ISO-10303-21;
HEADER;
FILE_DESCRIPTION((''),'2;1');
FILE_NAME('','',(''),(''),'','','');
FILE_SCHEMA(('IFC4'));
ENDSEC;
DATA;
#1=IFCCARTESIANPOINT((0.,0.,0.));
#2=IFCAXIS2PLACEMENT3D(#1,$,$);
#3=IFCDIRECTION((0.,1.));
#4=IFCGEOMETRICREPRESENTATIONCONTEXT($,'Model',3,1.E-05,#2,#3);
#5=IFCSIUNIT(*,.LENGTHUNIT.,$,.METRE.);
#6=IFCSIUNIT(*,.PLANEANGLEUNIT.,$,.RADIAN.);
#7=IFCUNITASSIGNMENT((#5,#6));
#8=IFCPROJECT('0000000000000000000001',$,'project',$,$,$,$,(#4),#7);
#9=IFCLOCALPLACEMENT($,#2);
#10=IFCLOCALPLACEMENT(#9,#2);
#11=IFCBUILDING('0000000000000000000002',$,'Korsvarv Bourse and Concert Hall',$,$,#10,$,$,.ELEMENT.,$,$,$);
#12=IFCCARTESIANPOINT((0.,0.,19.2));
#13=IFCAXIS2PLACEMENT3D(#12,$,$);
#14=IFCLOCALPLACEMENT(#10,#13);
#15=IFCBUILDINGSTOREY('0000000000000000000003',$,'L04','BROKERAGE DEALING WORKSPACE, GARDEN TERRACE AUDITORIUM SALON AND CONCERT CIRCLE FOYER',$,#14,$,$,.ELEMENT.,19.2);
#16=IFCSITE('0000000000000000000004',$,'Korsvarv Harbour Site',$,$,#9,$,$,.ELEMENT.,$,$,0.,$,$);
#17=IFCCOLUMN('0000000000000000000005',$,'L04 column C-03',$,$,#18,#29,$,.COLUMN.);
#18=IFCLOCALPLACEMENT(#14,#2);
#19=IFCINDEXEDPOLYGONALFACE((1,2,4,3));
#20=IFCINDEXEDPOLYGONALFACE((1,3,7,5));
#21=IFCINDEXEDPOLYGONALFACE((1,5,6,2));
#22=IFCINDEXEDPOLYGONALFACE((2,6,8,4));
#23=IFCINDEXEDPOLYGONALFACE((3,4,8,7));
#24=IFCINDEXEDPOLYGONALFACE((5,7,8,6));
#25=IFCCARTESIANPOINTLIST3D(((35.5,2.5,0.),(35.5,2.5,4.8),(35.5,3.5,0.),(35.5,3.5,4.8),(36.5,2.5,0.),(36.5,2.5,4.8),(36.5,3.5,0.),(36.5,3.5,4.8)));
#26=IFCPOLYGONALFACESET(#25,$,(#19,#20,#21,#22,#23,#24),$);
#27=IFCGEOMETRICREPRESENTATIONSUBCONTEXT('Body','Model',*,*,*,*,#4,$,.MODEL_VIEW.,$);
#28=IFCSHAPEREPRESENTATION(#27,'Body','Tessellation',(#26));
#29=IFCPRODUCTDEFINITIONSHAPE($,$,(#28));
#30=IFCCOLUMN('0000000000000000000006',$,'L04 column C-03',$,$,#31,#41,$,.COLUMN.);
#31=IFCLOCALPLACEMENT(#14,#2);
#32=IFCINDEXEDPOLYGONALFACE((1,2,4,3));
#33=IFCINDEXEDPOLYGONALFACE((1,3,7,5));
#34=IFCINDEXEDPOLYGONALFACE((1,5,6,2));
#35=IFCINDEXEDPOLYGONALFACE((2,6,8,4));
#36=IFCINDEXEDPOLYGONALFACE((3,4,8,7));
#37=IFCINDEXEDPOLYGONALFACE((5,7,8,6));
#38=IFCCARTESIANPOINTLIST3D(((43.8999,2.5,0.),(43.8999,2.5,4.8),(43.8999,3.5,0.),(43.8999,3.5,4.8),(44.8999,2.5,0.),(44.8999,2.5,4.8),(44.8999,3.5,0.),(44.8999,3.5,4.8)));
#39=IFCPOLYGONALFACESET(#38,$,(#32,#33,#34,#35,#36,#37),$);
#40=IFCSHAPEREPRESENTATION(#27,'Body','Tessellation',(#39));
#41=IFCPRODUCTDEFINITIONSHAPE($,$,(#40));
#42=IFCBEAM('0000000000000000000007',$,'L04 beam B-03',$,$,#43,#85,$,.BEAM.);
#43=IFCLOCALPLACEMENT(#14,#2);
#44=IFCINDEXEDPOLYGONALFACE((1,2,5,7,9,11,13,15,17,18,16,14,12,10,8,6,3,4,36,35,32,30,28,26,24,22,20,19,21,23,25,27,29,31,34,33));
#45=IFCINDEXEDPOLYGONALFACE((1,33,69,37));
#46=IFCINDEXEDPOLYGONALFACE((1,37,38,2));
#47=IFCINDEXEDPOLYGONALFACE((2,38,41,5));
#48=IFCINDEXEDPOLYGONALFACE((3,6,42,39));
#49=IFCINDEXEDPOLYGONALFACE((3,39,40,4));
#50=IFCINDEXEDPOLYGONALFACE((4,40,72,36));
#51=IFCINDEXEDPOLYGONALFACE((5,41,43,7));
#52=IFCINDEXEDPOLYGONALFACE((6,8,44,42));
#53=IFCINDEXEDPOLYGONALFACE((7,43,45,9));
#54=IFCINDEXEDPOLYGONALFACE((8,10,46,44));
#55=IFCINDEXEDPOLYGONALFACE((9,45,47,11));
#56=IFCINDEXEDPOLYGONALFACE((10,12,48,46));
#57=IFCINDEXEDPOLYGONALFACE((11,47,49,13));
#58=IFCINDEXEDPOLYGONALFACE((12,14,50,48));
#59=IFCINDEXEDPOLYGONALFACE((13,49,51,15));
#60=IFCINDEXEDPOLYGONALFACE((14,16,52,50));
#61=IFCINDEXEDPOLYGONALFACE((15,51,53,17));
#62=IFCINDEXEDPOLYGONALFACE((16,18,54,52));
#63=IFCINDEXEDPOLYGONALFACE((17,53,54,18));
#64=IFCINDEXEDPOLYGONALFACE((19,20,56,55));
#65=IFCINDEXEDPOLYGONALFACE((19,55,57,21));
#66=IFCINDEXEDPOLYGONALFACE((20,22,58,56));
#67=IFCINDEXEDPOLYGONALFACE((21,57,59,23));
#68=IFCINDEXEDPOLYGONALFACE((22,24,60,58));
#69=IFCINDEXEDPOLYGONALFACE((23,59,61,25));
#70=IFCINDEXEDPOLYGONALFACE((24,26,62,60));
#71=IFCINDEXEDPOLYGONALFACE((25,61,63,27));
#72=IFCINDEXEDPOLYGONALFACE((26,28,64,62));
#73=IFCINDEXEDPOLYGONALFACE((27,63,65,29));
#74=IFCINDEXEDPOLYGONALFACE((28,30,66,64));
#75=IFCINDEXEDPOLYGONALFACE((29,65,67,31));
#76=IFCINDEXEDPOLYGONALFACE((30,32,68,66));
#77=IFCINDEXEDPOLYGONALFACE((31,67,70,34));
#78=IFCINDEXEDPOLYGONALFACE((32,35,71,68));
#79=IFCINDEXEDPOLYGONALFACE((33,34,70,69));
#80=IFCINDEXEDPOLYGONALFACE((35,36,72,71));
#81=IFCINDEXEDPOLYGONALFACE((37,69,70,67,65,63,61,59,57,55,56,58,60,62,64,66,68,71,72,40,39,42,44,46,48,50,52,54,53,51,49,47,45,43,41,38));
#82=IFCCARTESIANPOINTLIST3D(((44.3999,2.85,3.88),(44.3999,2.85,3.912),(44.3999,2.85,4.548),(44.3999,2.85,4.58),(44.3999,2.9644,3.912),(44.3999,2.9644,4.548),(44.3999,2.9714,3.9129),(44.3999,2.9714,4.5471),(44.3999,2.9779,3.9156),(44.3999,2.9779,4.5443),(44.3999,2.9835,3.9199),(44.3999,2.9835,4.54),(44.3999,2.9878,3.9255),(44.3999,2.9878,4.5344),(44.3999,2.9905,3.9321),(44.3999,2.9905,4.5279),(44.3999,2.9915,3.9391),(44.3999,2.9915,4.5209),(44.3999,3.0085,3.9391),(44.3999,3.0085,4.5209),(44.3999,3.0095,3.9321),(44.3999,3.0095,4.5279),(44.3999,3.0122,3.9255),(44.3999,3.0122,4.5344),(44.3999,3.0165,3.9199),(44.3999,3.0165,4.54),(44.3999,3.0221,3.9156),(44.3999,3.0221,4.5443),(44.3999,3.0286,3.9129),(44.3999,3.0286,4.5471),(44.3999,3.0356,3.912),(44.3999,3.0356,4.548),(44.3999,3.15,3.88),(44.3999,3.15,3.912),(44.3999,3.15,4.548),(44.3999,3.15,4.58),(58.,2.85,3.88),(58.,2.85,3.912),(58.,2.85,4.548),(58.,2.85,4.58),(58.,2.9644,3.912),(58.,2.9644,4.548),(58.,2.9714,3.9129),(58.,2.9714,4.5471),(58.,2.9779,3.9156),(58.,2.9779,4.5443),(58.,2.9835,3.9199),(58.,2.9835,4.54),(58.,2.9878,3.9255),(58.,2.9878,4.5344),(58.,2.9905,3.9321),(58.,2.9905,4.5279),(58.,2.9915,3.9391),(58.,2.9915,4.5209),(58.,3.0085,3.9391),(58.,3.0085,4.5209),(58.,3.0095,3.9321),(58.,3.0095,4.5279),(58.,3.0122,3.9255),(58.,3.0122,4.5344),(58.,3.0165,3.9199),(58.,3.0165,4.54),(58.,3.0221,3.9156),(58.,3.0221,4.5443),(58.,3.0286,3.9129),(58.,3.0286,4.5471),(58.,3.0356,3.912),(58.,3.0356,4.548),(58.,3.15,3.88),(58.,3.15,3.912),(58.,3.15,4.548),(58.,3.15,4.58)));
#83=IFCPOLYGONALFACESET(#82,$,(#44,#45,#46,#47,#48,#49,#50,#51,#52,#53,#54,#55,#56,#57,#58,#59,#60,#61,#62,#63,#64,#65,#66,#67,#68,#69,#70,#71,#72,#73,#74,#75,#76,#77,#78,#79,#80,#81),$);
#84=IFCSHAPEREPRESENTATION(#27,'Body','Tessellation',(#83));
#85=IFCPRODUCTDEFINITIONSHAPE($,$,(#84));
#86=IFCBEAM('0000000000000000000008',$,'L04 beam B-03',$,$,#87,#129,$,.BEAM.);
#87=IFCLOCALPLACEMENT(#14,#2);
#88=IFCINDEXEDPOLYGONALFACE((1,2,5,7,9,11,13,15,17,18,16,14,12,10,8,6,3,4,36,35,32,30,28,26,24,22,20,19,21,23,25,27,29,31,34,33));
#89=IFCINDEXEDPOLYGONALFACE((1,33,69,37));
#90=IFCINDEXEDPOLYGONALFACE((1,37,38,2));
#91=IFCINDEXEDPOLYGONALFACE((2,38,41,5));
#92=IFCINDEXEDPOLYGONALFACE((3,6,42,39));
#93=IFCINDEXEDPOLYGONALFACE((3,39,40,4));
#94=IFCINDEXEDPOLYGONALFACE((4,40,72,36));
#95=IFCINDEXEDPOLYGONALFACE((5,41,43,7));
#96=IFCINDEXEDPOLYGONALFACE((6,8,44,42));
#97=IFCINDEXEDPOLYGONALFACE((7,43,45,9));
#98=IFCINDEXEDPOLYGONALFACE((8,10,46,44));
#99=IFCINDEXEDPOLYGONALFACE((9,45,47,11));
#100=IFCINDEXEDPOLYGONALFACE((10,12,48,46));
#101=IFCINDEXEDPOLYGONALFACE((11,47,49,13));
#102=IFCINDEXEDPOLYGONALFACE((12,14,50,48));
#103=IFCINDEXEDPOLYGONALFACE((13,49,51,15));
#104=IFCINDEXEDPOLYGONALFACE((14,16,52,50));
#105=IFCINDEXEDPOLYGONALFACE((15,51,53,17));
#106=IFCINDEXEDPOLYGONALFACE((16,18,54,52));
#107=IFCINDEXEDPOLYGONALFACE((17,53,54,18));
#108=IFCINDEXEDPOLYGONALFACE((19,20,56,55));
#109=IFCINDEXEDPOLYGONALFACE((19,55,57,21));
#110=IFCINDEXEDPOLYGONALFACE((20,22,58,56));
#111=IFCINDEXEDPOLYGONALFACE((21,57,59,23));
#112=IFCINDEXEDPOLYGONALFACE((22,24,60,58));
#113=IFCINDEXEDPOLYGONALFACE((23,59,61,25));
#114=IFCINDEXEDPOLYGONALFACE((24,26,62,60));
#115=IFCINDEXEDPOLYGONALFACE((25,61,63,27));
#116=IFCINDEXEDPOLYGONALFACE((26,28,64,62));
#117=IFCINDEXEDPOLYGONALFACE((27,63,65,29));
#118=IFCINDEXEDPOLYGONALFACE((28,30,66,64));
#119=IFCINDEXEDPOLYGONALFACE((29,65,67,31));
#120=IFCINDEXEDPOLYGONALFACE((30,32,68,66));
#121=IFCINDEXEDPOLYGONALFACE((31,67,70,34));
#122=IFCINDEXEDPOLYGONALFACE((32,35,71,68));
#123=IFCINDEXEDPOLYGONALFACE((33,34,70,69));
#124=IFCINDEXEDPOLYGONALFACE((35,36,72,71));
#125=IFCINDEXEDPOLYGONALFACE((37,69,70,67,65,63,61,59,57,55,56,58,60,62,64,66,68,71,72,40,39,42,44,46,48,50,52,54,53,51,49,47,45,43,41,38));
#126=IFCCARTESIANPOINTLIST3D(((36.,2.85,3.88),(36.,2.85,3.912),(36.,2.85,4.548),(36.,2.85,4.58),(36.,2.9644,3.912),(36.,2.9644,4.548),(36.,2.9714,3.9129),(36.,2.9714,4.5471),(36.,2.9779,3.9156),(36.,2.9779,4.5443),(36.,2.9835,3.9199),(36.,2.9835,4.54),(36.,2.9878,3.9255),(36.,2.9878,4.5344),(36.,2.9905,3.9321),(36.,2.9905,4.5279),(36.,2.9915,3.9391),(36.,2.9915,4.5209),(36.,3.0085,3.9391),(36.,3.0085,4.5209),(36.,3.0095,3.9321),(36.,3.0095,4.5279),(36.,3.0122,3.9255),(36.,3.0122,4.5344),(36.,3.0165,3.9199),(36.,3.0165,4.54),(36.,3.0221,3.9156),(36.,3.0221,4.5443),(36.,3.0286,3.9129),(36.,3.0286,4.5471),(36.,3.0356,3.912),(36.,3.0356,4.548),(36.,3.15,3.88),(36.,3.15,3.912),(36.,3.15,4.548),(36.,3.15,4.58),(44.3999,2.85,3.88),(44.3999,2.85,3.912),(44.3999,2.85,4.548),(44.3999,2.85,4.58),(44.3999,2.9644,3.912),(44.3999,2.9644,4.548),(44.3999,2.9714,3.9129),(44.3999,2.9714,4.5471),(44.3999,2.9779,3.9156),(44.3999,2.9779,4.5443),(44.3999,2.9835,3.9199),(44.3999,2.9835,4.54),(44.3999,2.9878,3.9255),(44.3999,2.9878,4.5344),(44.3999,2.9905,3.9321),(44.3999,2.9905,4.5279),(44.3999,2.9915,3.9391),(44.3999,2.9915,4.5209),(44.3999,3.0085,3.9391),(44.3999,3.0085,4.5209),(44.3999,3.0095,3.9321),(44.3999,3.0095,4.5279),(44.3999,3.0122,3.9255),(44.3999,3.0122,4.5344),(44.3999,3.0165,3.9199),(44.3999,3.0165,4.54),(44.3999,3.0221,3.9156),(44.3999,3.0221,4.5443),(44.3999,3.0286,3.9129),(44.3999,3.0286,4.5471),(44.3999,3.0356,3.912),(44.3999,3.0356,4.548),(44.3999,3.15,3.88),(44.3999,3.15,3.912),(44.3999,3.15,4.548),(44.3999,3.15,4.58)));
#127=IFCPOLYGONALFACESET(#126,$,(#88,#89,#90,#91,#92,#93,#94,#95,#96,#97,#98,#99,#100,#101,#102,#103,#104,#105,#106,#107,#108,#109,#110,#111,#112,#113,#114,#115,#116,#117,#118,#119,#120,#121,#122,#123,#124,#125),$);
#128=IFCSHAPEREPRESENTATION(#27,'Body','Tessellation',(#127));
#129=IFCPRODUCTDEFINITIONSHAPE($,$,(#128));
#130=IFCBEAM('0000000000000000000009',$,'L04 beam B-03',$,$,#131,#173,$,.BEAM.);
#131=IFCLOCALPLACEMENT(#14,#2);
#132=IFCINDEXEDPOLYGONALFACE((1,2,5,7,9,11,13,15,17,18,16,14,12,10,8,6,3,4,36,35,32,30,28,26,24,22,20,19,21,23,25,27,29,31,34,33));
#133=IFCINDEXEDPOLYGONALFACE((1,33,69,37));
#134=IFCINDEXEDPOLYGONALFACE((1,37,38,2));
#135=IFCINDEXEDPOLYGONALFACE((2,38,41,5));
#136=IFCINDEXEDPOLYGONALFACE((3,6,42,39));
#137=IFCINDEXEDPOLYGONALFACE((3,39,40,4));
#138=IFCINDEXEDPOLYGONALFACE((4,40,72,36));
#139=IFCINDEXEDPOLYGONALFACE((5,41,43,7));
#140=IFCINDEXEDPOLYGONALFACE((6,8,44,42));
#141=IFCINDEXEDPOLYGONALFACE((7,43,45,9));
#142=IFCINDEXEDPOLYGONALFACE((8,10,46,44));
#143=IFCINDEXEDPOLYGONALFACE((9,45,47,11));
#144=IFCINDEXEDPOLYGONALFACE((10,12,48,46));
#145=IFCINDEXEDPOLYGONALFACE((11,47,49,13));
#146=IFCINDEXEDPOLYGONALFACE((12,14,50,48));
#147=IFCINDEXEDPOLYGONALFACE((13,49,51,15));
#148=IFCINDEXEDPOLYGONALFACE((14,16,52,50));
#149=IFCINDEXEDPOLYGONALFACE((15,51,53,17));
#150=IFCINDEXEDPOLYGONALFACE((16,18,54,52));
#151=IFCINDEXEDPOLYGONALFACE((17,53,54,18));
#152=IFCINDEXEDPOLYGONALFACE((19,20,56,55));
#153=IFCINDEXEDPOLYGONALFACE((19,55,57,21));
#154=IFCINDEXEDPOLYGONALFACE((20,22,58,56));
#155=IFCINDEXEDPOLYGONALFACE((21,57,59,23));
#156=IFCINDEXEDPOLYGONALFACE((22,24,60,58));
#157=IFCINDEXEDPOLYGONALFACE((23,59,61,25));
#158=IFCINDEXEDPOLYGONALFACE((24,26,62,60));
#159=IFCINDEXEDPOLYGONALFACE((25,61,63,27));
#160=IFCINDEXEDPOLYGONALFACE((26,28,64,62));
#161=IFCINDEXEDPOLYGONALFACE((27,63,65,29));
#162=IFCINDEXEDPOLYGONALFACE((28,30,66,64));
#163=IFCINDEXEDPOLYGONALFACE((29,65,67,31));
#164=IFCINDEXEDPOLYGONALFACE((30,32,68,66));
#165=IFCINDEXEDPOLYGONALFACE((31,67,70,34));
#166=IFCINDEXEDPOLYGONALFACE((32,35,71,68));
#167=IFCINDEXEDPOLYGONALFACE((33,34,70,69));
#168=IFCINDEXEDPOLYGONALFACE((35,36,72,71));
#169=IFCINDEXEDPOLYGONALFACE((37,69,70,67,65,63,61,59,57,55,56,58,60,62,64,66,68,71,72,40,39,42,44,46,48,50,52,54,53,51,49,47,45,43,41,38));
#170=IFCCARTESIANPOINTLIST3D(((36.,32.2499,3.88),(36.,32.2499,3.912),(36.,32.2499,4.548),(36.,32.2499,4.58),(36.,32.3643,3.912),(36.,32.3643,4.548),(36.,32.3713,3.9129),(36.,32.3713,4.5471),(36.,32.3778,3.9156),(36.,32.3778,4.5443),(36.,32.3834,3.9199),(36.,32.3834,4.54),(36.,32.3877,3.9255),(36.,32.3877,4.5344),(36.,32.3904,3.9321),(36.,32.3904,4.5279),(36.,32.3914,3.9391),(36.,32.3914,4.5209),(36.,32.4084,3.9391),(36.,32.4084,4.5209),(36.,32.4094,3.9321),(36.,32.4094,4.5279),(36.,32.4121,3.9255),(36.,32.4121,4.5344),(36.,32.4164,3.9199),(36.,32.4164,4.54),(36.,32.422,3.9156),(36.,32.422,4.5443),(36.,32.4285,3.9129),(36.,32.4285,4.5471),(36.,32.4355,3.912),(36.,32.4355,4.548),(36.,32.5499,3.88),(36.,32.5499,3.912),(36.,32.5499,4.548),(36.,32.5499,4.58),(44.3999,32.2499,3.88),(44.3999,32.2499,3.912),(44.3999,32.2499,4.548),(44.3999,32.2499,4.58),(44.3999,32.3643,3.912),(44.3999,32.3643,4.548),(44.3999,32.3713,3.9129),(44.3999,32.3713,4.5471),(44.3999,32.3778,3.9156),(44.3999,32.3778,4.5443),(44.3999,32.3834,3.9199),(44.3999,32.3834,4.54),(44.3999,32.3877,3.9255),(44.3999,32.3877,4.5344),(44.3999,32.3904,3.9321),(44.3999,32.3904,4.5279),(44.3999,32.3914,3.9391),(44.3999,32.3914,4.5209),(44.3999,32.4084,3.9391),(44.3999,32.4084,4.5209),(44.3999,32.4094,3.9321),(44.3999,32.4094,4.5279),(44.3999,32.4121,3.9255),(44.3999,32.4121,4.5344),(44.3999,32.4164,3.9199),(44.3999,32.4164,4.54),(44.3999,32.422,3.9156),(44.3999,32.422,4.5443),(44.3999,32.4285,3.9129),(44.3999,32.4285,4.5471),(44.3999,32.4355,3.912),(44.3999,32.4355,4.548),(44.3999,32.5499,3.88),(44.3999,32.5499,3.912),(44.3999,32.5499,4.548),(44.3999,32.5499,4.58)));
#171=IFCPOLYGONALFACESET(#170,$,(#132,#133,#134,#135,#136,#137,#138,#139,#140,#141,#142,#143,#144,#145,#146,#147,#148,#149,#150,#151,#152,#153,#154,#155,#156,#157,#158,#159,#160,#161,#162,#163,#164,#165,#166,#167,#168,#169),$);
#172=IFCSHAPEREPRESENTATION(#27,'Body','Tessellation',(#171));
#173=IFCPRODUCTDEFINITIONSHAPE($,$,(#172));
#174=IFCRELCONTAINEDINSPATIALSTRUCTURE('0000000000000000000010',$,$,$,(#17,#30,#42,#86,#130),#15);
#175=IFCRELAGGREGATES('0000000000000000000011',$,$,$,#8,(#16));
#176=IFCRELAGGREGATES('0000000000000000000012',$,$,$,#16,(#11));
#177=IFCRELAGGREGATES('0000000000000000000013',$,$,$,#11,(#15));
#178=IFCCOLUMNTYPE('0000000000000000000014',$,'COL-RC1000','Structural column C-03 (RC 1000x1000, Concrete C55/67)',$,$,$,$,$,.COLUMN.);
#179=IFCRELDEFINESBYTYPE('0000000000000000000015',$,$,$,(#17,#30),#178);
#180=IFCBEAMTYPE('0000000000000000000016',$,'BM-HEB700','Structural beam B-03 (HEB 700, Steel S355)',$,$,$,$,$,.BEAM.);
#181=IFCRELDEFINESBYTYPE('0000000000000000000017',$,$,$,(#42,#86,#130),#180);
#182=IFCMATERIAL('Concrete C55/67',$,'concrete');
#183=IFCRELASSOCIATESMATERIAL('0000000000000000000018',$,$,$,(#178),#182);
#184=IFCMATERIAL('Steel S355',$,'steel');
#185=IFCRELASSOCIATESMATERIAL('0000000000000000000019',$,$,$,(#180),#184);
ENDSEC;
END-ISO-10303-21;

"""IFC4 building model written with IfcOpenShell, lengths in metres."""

from ifc_helpers import new_model, si_unit, direction, frame, origin, origin_2d, place, context, subcontext, project, spatial, rectangle, i_section, extrude, source, transform, mapped, material, material_profile, profile_set, type_object, element, save


model = new_model("IFC4")

# Units and contexts
model_context = context("Model", 3, precision=1e-05, world=origin(), true_north=direction((0.0, 1.0)))
body_context = subcontext(model_context, "Body", "Model", "MODEL_VIEW")
ifc_project = project(units=[si_unit("LENGTHUNIT", "METRE"), si_unit("PLANEANGLEUNIT", "RADIAN")], contexts=[model_context])

# Site, building, storey
site_placement = place(None, origin())
site = spatial("IfcSite", under=ifc_project, at=site_placement, Name="Korsvarv Harbour Site", CompositionType="ELEMENT", RefElevation=0.0)
building_placement = place(site_placement, origin())
building = spatial("IfcBuilding", under=site, at=building_placement, Name="Korsvarv Bourse and Concert Hall", CompositionType="ELEMENT")
storey_placement = place(building_placement, frame((0.0, 0.0, 19.2)))
storey = spatial("IfcBuildingStorey", under=building, at=storey_placement, Name="L04", Description="BROKERAGE DEALING WORKSPACE, GARDEN TERRACE AUDITORIUM SALON AND CONCERT CIRCLE FOYER", CompositionType="ELEMENT", Elevation=19.2)

# Columns
ifc_material_1 = material(Name="Concrete C55/67", Category="concrete")
ifc_material_profile_1 = material_profile(ifc_material_1, rectangle(XDim=1.0, YDim=1.0, at=origin_2d()), Name="RC 1000x1000")
ifc_profile_set_1 = profile_set([ifc_material_profile_1], Name="Concrete C55/67")
column_type_1 = type_object("IfcColumnType", Name="COL-RC1000", Description="Structural column C-03 (RC 1000x1000, Concrete C55/67)", PredefinedType="COLUMN", material=ifc_profile_set_1)
shared_shape_1 = source(origin(), body_context, "Body", "SweptSolid", [
    extrude(rectangle(XDim=1.0, YDim=1.0, at=origin_2d()), origin(), (0.0, 0.0, 1.0), 4.8),
])
for number, where, z_axis, x_axis, name in (
    (1, (36.0, 3.0, 0.0), (0.0, 0.0, 1.0), (1.0, 0.0, 0.0), "L04 column C-03"),
    (2, (44.3999, 3.0, 0.0), (0.0, 0.0, 1.0), (1.0, 0.0, 0.0), "L04 column C-03"),
):
    element("IfcColumn", number, at=place(storey_placement, frame(where, z_axis=z_axis, x_axis=x_axis)), inside=storey, type_object=column_type_1, Name=name, PredefinedType="COLUMN", context=body_context, shape_type="MappedRepresentation", body=[
        mapped(shared_shape_1, transform((0.0, 0.0, 0.0), scale=1.0)),
    ])

# Beams
ifc_material_2 = material(Name="Steel S355", Category="steel")
ifc_material_profile_2 = material_profile(ifc_material_2, i_section(OverallWidth=0.3, OverallDepth=0.7, WebThickness=0.0171, FlangeThickness=0.032, FilletRadius=0.0271, at=origin_2d()), Name="HEB 700")
ifc_profile_set_2 = profile_set([ifc_material_profile_2], Name="Steel S355")
beam_type_1 = type_object("IfcBeamType", Name="BM-HEB700", Description="Structural beam B-03 (HEB 700, Steel S355)", PredefinedType="BEAM", material=ifc_profile_set_2)
shared_shape_2 = source(origin(), body_context, "Body", "SweptSolid", [
    extrude(i_section(OverallWidth=0.3, OverallDepth=0.7, WebThickness=0.0171, FlangeThickness=0.032, FilletRadius=0.0271, at=origin_2d()), origin(), (0.0, 0.0, 1.0), 13.6001),
])
beam_1_placement = place(storey_placement, frame((44.3999, 3.0, 4.23), z_axis=(1.0, 0.0, 0.0), x_axis=(0.0, 1.0, 0.0)))
element("IfcBeam", 3, at=beam_1_placement, inside=storey, type_object=beam_type_1, Name="L04 beam B-03", PredefinedType="BEAM", context=body_context, shape_type="MappedRepresentation", body=[
    mapped(shared_shape_2, transform((0.0, 0.0, 0.0), scale=1.0)),
])
shared_shape_3 = source(origin(), body_context, "Body", "SweptSolid", [
    extrude(i_section(OverallWidth=0.3, OverallDepth=0.7, WebThickness=0.0171, FlangeThickness=0.032, FilletRadius=0.0271, at=origin_2d()), origin(), (0.0, 0.0, 1.0), 8.3999),
])
for number, where, z_axis, x_axis, name in (
    (4, (36.0, 3.0, 4.23), (1.0, 0.0, 0.0), (0.0, 1.0, 0.0), "L04 beam B-03"),
    (5, (36.0, 32.3999, 4.23), (1.0, 0.0, 0.0), (0.0, 1.0, 0.0), "L04 beam B-03"),
):
    element("IfcBeam", number, at=place(storey_placement, frame(where, z_axis=z_axis, x_axis=x_axis)), inside=storey, type_object=beam_type_1, Name=name, PredefinedType="BEAM", context=body_context, shape_type="MappedRepresentation", body=[
        mapped(shared_shape_3, transform((0.0, 0.0, 0.0), scale=1.0)),
    ])

save(model, "model.ifc")
